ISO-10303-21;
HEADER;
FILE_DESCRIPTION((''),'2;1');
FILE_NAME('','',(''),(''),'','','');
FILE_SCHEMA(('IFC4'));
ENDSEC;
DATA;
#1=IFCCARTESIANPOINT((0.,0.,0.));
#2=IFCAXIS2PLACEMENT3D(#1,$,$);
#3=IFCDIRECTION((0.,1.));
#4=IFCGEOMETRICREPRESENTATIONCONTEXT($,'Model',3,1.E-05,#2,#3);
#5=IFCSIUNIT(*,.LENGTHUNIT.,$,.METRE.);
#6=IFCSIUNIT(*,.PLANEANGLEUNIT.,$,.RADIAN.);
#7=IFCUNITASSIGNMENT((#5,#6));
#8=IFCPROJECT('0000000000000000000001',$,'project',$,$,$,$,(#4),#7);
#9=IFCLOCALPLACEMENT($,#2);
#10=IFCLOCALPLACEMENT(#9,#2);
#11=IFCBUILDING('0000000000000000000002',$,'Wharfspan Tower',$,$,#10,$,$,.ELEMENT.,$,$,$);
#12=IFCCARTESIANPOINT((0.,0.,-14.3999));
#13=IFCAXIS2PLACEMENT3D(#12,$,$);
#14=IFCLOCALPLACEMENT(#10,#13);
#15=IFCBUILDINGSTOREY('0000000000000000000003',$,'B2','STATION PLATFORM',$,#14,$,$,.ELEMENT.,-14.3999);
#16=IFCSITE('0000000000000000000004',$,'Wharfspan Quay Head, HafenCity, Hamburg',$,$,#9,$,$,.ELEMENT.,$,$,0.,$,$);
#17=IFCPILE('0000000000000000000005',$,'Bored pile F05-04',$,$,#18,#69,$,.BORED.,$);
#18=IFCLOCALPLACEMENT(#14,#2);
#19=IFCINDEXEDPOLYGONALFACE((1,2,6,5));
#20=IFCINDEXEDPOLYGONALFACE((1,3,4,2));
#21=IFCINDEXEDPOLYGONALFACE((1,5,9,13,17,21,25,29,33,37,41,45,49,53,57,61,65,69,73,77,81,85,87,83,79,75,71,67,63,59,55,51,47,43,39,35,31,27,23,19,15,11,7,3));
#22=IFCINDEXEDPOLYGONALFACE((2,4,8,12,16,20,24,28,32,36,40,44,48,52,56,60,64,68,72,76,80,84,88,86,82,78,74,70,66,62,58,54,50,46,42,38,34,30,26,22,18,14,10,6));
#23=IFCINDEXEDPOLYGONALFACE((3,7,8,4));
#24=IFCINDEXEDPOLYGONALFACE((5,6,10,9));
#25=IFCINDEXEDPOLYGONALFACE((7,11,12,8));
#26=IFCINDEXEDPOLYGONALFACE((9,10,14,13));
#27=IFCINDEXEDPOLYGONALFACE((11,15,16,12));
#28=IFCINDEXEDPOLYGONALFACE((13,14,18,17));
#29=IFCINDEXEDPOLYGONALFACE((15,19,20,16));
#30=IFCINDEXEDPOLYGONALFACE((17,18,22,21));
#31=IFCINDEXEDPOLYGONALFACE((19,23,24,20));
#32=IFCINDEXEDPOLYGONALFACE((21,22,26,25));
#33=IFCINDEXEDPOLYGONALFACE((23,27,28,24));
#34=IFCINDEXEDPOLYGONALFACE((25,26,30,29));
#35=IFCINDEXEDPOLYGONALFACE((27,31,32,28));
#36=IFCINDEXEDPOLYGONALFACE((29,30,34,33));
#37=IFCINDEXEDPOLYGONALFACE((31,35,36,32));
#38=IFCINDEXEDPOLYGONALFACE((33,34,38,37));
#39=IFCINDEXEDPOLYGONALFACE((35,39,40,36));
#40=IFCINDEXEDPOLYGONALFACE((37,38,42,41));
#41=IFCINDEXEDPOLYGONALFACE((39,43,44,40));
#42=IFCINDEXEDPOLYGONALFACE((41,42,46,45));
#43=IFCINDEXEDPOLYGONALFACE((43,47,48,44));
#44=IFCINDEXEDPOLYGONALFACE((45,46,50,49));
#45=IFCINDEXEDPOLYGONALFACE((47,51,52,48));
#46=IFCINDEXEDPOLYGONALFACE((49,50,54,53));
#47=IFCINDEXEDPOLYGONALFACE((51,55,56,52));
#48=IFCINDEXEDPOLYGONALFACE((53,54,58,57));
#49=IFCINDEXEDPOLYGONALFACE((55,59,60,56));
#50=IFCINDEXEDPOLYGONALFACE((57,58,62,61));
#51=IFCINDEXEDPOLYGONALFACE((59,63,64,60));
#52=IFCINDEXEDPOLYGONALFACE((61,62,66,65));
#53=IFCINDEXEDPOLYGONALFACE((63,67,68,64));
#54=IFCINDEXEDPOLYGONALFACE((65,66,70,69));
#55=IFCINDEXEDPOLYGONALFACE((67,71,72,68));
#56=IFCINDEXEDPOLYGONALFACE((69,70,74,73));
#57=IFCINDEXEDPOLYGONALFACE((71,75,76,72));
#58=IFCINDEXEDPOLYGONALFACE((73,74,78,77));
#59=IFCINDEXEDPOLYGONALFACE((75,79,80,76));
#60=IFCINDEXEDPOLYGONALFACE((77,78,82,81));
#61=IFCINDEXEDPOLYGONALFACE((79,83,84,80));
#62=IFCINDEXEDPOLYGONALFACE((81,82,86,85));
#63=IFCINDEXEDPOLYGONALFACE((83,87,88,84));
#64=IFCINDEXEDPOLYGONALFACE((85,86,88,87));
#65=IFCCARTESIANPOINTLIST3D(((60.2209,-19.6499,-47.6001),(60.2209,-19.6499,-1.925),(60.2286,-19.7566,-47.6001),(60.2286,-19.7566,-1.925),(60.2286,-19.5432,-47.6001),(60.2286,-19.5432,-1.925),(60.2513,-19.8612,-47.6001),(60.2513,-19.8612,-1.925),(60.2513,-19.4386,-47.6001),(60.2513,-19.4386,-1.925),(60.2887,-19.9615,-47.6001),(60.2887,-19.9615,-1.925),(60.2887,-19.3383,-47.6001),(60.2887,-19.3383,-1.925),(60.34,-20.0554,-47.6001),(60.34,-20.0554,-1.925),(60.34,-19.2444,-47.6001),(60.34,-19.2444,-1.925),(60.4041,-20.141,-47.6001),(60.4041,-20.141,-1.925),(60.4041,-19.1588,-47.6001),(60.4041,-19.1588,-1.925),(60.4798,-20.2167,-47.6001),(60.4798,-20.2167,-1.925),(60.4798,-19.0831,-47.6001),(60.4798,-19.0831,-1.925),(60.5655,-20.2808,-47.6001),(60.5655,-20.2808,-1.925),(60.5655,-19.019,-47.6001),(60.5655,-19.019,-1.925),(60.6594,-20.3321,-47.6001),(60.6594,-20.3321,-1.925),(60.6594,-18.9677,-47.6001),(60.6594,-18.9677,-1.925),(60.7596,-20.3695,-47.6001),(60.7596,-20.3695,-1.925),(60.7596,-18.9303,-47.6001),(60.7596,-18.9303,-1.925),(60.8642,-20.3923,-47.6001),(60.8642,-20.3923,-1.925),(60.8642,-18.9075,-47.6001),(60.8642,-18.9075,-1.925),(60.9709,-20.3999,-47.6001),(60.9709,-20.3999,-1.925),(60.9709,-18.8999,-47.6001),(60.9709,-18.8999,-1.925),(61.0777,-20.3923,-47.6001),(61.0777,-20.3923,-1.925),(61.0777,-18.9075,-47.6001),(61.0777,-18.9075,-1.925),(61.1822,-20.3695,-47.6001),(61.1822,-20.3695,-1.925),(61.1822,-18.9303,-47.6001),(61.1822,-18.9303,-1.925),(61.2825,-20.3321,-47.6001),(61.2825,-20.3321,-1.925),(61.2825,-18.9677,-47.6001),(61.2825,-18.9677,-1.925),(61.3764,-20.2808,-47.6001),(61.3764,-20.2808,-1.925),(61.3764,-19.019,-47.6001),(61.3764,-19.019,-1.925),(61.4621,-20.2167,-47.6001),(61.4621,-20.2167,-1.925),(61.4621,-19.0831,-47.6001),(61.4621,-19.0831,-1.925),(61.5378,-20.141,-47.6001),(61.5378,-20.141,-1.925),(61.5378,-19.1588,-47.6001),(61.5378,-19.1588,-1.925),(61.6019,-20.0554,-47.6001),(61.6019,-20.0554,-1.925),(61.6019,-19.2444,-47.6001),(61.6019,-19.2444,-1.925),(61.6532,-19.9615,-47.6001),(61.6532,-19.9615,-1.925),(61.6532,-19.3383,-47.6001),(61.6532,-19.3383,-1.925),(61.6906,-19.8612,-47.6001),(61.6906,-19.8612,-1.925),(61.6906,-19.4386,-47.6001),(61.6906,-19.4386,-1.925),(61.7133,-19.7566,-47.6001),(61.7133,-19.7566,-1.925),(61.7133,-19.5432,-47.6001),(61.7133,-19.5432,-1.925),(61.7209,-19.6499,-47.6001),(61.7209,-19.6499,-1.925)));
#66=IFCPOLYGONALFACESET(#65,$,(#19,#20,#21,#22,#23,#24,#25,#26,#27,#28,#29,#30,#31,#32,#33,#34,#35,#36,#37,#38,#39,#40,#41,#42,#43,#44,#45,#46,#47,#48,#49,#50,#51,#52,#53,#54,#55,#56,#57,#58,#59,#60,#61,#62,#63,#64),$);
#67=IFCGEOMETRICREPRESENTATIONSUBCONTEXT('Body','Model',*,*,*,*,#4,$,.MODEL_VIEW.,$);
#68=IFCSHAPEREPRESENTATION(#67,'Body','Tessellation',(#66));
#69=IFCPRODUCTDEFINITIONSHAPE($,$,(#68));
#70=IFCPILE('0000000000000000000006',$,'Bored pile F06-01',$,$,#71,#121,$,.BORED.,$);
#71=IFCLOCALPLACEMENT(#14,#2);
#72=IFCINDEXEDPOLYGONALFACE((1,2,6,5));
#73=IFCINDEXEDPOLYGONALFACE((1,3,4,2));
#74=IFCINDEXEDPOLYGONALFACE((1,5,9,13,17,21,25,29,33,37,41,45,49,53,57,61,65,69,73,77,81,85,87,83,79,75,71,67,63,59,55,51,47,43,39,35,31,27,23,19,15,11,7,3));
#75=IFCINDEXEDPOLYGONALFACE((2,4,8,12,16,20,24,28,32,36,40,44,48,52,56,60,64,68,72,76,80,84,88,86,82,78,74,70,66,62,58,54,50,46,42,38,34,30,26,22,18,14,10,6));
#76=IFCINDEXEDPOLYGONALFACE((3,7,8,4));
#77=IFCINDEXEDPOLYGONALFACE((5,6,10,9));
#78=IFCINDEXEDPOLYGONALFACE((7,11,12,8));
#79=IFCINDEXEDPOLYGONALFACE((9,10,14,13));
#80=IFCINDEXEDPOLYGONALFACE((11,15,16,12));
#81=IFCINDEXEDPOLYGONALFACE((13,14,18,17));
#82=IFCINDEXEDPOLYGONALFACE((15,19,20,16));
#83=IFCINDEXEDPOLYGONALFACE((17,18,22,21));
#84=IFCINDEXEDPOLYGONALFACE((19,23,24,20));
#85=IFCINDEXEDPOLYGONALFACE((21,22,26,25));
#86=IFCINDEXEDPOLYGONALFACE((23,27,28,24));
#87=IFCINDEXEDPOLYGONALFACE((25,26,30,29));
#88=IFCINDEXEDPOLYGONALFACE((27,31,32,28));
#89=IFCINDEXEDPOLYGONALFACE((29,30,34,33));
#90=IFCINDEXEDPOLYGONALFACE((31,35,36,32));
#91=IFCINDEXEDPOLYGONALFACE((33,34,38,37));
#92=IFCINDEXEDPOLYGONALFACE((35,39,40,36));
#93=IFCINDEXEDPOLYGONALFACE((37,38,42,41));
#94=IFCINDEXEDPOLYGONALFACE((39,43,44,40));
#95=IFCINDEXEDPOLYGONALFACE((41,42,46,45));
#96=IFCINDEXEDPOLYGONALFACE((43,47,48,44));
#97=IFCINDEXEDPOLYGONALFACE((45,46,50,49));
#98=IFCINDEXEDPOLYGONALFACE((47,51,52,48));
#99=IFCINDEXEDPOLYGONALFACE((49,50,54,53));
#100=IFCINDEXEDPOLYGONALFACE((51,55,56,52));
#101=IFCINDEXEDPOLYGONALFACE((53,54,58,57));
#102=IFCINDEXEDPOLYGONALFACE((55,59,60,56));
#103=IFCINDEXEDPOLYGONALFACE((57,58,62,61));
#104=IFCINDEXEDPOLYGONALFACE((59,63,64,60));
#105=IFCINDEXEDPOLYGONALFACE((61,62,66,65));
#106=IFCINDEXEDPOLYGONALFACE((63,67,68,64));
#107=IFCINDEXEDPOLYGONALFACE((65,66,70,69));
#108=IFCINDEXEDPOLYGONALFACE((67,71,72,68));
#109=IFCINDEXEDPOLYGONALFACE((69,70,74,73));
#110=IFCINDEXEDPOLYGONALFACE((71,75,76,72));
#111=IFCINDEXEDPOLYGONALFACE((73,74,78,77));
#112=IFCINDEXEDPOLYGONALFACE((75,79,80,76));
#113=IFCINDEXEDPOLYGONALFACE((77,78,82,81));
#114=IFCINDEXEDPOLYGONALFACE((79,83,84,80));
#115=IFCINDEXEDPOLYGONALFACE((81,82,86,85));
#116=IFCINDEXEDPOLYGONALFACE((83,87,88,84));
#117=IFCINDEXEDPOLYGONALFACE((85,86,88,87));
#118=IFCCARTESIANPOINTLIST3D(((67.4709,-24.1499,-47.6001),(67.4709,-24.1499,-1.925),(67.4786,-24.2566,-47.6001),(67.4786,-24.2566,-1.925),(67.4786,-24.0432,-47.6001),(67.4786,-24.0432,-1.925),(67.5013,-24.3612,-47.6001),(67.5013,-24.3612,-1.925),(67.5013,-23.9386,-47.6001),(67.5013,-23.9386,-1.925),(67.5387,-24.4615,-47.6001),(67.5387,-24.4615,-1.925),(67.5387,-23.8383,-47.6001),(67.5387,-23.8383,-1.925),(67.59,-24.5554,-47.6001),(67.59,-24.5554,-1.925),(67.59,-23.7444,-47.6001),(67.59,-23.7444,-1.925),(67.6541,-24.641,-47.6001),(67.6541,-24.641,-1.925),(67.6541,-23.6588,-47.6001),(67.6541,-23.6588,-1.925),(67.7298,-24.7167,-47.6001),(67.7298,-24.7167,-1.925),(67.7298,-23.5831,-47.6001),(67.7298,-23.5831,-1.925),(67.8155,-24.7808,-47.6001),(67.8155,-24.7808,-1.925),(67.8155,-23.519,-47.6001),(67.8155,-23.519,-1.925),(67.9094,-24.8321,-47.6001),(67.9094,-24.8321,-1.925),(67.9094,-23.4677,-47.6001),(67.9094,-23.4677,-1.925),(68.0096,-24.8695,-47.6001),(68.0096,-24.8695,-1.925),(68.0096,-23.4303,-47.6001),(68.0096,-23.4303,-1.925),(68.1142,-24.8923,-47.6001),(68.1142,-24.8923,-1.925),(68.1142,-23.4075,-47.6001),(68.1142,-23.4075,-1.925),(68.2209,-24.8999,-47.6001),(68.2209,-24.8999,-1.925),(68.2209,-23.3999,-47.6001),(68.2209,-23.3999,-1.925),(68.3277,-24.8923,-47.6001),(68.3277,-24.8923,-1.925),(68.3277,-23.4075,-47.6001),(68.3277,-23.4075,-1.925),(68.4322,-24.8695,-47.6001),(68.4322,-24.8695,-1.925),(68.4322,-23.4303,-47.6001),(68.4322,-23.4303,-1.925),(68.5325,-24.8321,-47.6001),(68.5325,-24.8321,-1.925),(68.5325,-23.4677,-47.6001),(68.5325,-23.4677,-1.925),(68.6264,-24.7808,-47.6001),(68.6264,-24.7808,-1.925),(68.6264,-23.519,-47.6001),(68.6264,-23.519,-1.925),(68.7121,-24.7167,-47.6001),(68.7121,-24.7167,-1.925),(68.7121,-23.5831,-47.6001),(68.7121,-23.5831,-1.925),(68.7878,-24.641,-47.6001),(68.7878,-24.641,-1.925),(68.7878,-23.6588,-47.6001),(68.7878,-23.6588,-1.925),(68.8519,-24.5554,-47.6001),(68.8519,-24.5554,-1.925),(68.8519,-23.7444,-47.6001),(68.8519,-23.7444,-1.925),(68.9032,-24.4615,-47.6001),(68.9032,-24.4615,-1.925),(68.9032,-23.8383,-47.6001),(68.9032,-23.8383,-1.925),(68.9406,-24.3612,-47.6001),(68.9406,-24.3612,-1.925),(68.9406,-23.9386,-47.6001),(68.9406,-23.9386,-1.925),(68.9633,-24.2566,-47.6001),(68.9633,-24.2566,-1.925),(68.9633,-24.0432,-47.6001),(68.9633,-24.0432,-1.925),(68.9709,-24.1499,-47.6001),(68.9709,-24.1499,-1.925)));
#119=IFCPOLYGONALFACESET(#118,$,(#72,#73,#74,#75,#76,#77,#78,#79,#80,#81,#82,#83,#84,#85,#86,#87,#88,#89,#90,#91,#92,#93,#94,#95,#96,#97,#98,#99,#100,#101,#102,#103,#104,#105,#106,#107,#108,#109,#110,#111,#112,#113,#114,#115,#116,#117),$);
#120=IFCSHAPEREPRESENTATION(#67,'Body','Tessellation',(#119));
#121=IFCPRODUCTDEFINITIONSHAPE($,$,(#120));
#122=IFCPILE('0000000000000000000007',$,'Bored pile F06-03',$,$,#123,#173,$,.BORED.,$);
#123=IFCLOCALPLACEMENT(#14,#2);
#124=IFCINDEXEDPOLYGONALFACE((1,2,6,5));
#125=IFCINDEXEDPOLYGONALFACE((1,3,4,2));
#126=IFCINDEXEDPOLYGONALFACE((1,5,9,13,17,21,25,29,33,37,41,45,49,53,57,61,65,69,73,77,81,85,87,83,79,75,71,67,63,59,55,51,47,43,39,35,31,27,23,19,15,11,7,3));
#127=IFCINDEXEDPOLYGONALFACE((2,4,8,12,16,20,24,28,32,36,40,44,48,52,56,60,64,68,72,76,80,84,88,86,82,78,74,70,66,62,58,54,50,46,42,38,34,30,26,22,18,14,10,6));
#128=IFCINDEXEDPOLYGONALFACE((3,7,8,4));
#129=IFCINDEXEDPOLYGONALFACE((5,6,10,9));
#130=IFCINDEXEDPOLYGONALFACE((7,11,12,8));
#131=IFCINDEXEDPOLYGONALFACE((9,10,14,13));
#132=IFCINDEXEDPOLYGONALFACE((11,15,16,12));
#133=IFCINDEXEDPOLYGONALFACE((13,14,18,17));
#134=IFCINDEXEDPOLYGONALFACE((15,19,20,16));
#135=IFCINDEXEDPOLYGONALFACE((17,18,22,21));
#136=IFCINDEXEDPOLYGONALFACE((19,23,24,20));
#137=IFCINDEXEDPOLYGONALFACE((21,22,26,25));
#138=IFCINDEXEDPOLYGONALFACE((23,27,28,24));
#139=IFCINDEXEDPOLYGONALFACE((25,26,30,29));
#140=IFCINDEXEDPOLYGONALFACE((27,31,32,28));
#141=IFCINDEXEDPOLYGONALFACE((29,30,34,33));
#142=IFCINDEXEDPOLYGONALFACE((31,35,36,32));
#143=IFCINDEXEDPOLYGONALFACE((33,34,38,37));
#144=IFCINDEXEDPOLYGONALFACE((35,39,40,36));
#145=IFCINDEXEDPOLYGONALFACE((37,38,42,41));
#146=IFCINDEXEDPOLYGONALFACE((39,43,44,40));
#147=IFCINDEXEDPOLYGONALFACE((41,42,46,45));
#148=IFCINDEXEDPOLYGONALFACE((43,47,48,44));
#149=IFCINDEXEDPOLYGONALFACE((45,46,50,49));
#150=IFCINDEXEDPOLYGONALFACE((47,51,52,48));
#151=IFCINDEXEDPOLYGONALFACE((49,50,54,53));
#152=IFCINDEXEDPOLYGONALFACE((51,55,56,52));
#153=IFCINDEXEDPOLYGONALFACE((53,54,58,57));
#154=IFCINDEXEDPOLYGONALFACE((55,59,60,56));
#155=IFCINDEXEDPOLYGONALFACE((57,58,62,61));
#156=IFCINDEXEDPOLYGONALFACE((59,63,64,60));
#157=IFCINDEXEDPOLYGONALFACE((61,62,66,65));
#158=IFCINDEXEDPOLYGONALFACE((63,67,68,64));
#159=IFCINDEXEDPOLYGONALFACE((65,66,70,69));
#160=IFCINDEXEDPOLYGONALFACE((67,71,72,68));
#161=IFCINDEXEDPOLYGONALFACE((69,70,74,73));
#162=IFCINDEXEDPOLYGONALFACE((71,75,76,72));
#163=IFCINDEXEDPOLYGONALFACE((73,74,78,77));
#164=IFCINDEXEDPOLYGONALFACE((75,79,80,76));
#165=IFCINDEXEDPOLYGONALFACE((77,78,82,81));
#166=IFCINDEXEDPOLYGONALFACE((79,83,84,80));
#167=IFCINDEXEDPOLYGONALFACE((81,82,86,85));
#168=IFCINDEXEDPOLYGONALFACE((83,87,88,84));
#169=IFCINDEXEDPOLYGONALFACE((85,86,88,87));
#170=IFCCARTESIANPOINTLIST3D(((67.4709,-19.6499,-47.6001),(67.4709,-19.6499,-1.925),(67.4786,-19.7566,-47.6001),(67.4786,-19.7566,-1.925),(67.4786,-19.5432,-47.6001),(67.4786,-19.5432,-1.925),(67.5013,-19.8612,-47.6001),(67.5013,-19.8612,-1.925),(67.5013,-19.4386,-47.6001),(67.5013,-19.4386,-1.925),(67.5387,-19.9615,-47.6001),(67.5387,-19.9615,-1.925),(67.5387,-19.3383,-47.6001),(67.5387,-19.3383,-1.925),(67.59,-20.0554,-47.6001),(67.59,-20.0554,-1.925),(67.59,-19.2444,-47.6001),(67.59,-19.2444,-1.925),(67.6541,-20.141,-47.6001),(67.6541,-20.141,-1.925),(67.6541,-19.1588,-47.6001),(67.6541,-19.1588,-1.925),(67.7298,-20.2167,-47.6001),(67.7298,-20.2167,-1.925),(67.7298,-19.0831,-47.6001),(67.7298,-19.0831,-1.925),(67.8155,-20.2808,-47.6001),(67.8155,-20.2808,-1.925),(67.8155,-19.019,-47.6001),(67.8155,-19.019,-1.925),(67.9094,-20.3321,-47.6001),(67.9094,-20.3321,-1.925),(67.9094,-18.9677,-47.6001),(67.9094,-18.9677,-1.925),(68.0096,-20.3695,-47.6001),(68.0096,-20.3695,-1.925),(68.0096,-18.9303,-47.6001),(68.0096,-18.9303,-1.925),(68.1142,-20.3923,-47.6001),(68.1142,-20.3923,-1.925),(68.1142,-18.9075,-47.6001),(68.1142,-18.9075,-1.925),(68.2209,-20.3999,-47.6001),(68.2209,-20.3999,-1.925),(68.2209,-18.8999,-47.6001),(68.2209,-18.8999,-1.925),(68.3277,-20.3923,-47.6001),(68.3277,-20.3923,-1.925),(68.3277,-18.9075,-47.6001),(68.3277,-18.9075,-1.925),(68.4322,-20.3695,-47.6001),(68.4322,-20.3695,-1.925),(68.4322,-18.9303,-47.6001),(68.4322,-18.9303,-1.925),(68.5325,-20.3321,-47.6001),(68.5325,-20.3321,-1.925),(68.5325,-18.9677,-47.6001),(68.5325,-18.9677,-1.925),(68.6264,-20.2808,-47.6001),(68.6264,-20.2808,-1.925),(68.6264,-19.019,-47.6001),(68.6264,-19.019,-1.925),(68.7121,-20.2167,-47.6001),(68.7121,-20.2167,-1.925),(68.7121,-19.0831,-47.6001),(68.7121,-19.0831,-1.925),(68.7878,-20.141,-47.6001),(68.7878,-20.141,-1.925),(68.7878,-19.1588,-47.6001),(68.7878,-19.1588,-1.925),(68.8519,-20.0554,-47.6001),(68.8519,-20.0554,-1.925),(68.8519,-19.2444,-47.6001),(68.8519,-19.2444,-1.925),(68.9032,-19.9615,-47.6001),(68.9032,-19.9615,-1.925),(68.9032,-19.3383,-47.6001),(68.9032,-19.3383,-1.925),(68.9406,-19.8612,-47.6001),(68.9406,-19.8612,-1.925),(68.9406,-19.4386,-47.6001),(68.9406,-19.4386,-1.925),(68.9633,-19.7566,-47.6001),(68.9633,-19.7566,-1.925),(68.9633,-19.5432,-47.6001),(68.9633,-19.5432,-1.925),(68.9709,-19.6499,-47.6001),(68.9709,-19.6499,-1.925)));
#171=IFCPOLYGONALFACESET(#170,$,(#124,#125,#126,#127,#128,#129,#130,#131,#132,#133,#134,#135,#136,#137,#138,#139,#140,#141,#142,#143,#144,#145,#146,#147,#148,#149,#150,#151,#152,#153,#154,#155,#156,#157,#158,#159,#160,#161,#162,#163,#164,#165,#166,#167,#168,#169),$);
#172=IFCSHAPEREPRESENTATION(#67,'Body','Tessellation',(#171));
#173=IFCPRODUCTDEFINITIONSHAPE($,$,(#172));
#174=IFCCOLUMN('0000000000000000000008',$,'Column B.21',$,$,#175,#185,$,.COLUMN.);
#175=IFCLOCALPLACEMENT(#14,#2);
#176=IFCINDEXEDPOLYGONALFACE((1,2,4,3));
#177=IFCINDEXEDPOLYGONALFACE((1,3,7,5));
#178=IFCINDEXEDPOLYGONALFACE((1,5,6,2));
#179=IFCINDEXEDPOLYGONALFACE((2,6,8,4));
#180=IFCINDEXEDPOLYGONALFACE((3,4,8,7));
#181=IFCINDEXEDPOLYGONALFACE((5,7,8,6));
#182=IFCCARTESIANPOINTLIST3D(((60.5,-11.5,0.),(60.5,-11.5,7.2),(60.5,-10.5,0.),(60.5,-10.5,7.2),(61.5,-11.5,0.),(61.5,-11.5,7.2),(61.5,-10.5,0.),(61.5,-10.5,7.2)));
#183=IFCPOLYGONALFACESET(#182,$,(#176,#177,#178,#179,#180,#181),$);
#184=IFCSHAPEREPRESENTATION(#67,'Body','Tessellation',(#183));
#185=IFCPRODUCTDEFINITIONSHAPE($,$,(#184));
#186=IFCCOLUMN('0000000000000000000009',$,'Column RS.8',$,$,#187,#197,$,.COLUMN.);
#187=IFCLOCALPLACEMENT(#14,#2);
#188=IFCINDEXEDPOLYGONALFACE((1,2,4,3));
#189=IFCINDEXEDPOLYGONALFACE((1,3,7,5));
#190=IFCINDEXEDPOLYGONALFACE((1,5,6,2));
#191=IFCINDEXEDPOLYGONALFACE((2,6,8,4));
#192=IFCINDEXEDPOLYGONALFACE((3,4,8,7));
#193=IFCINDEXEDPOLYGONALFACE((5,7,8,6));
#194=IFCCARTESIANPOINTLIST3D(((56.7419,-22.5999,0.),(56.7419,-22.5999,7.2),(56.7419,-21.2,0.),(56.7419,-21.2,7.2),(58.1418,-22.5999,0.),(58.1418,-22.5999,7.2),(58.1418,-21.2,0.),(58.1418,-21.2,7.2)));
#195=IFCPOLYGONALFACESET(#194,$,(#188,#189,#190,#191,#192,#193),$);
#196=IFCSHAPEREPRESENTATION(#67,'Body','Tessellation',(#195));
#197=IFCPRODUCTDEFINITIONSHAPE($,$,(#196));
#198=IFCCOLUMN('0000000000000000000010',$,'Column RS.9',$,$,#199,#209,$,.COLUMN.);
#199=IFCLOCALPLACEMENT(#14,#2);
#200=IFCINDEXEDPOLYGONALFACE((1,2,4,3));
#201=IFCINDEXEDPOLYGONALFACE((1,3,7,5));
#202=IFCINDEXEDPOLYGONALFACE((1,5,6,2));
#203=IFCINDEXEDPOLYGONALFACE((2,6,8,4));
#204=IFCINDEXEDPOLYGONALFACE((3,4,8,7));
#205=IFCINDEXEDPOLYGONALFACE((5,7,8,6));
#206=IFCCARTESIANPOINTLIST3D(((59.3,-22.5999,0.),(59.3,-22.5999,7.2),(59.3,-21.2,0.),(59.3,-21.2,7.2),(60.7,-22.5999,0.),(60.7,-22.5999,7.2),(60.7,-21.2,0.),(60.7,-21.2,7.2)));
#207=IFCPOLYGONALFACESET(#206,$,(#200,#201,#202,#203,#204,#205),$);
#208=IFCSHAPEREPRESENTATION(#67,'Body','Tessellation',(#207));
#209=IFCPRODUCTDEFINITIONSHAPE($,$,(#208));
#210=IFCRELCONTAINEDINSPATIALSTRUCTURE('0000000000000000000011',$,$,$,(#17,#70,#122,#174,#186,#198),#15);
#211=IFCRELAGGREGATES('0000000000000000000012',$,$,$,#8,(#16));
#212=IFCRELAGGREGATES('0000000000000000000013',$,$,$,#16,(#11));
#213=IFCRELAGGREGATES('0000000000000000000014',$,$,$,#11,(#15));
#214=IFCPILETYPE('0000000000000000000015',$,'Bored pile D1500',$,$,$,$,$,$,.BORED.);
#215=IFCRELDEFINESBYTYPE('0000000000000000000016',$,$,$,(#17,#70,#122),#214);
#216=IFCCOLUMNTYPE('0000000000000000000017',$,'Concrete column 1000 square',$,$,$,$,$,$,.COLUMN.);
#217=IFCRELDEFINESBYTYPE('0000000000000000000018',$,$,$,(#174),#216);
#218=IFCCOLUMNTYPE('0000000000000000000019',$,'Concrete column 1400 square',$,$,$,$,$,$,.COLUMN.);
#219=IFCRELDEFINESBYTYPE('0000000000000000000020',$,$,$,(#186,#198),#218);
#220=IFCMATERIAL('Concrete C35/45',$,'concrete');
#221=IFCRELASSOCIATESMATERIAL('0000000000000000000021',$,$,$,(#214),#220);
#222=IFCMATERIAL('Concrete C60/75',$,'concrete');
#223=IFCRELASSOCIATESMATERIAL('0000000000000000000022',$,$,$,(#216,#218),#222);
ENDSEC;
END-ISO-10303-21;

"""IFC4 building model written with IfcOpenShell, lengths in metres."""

from ifc_helpers import new_model, si_unit, direction, frame, origin, origin_2d, place, context, subcontext, project, spatial, rectangle, circle, extrude, material, material_profile, profile_set, type_object, element, save


model = new_model("IFC4")

# Units and contexts
model_context = context("Model", 3, precision=1e-05, world=origin(), true_north=direction((0.0, 1.0)))
body_context = subcontext(model_context, "Body", "Model", "MODEL_VIEW")
ifc_project = project(units=[si_unit("LENGTHUNIT", "METRE"), si_unit("PLANEANGLEUNIT", "RADIAN")], contexts=[model_context])

# Site, building, storey
site_placement = place(None, origin())
site = spatial("IfcSite", under=ifc_project, at=site_placement, Name="Wharfspan Quay Head, HafenCity, Hamburg", CompositionType="ELEMENT", RefElevation=0.0)
building_placement = place(site_placement, origin())
building = spatial("IfcBuilding", under=site, at=building_placement, Name="Wharfspan Tower", CompositionType="ELEMENT")
storey_placement = place(building_placement, frame((0.0, 0.0, -14.3999)))
storey = spatial("IfcBuildingStorey", under=building, at=storey_placement, Name="B2", Description="STATION PLATFORM", CompositionType="ELEMENT", Elevation=-14.3999)

# Piles
ifc_material_1 = material(Name="Concrete C35/45", Category="concrete")
ifc_material_profile_1 = material_profile(ifc_material_1, circle(Radius=0.75, at=origin_2d()))
ifc_profile_set_1 = profile_set([ifc_material_profile_1], Name="Concrete C35/45")
pile_type = type_object("IfcPileType", Name="Bored pile D1500", PredefinedType="BORED", material=ifc_profile_set_1)
for number, where, z_axis, x_axis, name in (
    (1, (60.9709, -19.6499, -1.925), (0.0, 0.0, -1.0), (1.0, 0.0, 0.0), "Bored pile F05-04"),
    (2, (68.2209, -24.1499, -1.925), (0.0, 0.0, -1.0), (1.0, 0.0, 0.0), "Bored pile F06-01"),
    (3, (68.2209, -19.6499, -1.925), (0.0, 0.0, -1.0), (1.0, 0.0, 0.0), "Bored pile F06-03"),
):
    element("IfcPile", number, at=place(storey_placement, frame(where, z_axis=z_axis, x_axis=x_axis)), inside=storey, type_object=pile_type, Name=name, PredefinedType="BORED", context=body_context, shape_type="SweptSolid", body=[
        extrude(circle(Radius=0.75, at=origin_2d()), origin(), (0.0, 0.0, 1.0), 45.675),
    ])

# Columns
ifc_material_2 = material(Name="Concrete C60/75", Category="concrete")
ifc_material_profile_2 = material_profile(ifc_material_2, rectangle(XDim=1.0, YDim=1.0, at=origin_2d()))
ifc_profile_set_2 = profile_set([ifc_material_profile_2], Name="Concrete C60/75")
column_type_1 = type_object("IfcColumnType", Name="Concrete column 1000 square", PredefinedType="COLUMN", material=ifc_profile_set_2)
column_placement = place(storey_placement, frame((61.0, -11.0, 0.0), z_axis=(0.0, 0.0, 1.0), x_axis=(1.0, 0.0, 0.0)))
element("IfcColumn", 4, at=column_placement, inside=storey, type_object=column_type_1, Name="Column B.21", PredefinedType="COLUMN", context=body_context, shape_type="SweptSolid", body=[
    extrude(rectangle(XDim=1.0, YDim=1.0, at=origin_2d()), origin(), (0.0, 0.0, 1.0), 7.2),
])
ifc_material_profile_3 = material_profile(ifc_material_2, rectangle(XDim=1.3999, YDim=1.3999, at=origin_2d()))
ifc_profile_set_3 = profile_set([ifc_material_profile_3], Name="Concrete C60/75")
column_type_2 = type_object("IfcColumnType", Name="Concrete column 1400 square", PredefinedType="COLUMN", material=ifc_profile_set_3)
for number, where, z_axis, x_axis, name in (
    (5, (57.4419, -21.8999, 0.0), (0.0, 0.0, 1.0), (1.0, 0.0, 0.0), "Column RS.8"),
    (6, (60.0, -21.8999, 0.0), (0.0, 0.0, 1.0), (1.0, 0.0, 0.0), "Column RS.9"),
):
    element("IfcColumn", number, at=place(storey_placement, frame(where, z_axis=z_axis, x_axis=x_axis)), inside=storey, type_object=column_type_2, Name=name, PredefinedType="COLUMN", context=body_context, shape_type="SweptSolid", body=[
        extrude(rectangle(XDim=1.3999, YDim=1.3999, at=origin_2d()), origin(), (0.0, 0.0, 1.0), 7.2),
    ])

save(model, "model.ifc")
